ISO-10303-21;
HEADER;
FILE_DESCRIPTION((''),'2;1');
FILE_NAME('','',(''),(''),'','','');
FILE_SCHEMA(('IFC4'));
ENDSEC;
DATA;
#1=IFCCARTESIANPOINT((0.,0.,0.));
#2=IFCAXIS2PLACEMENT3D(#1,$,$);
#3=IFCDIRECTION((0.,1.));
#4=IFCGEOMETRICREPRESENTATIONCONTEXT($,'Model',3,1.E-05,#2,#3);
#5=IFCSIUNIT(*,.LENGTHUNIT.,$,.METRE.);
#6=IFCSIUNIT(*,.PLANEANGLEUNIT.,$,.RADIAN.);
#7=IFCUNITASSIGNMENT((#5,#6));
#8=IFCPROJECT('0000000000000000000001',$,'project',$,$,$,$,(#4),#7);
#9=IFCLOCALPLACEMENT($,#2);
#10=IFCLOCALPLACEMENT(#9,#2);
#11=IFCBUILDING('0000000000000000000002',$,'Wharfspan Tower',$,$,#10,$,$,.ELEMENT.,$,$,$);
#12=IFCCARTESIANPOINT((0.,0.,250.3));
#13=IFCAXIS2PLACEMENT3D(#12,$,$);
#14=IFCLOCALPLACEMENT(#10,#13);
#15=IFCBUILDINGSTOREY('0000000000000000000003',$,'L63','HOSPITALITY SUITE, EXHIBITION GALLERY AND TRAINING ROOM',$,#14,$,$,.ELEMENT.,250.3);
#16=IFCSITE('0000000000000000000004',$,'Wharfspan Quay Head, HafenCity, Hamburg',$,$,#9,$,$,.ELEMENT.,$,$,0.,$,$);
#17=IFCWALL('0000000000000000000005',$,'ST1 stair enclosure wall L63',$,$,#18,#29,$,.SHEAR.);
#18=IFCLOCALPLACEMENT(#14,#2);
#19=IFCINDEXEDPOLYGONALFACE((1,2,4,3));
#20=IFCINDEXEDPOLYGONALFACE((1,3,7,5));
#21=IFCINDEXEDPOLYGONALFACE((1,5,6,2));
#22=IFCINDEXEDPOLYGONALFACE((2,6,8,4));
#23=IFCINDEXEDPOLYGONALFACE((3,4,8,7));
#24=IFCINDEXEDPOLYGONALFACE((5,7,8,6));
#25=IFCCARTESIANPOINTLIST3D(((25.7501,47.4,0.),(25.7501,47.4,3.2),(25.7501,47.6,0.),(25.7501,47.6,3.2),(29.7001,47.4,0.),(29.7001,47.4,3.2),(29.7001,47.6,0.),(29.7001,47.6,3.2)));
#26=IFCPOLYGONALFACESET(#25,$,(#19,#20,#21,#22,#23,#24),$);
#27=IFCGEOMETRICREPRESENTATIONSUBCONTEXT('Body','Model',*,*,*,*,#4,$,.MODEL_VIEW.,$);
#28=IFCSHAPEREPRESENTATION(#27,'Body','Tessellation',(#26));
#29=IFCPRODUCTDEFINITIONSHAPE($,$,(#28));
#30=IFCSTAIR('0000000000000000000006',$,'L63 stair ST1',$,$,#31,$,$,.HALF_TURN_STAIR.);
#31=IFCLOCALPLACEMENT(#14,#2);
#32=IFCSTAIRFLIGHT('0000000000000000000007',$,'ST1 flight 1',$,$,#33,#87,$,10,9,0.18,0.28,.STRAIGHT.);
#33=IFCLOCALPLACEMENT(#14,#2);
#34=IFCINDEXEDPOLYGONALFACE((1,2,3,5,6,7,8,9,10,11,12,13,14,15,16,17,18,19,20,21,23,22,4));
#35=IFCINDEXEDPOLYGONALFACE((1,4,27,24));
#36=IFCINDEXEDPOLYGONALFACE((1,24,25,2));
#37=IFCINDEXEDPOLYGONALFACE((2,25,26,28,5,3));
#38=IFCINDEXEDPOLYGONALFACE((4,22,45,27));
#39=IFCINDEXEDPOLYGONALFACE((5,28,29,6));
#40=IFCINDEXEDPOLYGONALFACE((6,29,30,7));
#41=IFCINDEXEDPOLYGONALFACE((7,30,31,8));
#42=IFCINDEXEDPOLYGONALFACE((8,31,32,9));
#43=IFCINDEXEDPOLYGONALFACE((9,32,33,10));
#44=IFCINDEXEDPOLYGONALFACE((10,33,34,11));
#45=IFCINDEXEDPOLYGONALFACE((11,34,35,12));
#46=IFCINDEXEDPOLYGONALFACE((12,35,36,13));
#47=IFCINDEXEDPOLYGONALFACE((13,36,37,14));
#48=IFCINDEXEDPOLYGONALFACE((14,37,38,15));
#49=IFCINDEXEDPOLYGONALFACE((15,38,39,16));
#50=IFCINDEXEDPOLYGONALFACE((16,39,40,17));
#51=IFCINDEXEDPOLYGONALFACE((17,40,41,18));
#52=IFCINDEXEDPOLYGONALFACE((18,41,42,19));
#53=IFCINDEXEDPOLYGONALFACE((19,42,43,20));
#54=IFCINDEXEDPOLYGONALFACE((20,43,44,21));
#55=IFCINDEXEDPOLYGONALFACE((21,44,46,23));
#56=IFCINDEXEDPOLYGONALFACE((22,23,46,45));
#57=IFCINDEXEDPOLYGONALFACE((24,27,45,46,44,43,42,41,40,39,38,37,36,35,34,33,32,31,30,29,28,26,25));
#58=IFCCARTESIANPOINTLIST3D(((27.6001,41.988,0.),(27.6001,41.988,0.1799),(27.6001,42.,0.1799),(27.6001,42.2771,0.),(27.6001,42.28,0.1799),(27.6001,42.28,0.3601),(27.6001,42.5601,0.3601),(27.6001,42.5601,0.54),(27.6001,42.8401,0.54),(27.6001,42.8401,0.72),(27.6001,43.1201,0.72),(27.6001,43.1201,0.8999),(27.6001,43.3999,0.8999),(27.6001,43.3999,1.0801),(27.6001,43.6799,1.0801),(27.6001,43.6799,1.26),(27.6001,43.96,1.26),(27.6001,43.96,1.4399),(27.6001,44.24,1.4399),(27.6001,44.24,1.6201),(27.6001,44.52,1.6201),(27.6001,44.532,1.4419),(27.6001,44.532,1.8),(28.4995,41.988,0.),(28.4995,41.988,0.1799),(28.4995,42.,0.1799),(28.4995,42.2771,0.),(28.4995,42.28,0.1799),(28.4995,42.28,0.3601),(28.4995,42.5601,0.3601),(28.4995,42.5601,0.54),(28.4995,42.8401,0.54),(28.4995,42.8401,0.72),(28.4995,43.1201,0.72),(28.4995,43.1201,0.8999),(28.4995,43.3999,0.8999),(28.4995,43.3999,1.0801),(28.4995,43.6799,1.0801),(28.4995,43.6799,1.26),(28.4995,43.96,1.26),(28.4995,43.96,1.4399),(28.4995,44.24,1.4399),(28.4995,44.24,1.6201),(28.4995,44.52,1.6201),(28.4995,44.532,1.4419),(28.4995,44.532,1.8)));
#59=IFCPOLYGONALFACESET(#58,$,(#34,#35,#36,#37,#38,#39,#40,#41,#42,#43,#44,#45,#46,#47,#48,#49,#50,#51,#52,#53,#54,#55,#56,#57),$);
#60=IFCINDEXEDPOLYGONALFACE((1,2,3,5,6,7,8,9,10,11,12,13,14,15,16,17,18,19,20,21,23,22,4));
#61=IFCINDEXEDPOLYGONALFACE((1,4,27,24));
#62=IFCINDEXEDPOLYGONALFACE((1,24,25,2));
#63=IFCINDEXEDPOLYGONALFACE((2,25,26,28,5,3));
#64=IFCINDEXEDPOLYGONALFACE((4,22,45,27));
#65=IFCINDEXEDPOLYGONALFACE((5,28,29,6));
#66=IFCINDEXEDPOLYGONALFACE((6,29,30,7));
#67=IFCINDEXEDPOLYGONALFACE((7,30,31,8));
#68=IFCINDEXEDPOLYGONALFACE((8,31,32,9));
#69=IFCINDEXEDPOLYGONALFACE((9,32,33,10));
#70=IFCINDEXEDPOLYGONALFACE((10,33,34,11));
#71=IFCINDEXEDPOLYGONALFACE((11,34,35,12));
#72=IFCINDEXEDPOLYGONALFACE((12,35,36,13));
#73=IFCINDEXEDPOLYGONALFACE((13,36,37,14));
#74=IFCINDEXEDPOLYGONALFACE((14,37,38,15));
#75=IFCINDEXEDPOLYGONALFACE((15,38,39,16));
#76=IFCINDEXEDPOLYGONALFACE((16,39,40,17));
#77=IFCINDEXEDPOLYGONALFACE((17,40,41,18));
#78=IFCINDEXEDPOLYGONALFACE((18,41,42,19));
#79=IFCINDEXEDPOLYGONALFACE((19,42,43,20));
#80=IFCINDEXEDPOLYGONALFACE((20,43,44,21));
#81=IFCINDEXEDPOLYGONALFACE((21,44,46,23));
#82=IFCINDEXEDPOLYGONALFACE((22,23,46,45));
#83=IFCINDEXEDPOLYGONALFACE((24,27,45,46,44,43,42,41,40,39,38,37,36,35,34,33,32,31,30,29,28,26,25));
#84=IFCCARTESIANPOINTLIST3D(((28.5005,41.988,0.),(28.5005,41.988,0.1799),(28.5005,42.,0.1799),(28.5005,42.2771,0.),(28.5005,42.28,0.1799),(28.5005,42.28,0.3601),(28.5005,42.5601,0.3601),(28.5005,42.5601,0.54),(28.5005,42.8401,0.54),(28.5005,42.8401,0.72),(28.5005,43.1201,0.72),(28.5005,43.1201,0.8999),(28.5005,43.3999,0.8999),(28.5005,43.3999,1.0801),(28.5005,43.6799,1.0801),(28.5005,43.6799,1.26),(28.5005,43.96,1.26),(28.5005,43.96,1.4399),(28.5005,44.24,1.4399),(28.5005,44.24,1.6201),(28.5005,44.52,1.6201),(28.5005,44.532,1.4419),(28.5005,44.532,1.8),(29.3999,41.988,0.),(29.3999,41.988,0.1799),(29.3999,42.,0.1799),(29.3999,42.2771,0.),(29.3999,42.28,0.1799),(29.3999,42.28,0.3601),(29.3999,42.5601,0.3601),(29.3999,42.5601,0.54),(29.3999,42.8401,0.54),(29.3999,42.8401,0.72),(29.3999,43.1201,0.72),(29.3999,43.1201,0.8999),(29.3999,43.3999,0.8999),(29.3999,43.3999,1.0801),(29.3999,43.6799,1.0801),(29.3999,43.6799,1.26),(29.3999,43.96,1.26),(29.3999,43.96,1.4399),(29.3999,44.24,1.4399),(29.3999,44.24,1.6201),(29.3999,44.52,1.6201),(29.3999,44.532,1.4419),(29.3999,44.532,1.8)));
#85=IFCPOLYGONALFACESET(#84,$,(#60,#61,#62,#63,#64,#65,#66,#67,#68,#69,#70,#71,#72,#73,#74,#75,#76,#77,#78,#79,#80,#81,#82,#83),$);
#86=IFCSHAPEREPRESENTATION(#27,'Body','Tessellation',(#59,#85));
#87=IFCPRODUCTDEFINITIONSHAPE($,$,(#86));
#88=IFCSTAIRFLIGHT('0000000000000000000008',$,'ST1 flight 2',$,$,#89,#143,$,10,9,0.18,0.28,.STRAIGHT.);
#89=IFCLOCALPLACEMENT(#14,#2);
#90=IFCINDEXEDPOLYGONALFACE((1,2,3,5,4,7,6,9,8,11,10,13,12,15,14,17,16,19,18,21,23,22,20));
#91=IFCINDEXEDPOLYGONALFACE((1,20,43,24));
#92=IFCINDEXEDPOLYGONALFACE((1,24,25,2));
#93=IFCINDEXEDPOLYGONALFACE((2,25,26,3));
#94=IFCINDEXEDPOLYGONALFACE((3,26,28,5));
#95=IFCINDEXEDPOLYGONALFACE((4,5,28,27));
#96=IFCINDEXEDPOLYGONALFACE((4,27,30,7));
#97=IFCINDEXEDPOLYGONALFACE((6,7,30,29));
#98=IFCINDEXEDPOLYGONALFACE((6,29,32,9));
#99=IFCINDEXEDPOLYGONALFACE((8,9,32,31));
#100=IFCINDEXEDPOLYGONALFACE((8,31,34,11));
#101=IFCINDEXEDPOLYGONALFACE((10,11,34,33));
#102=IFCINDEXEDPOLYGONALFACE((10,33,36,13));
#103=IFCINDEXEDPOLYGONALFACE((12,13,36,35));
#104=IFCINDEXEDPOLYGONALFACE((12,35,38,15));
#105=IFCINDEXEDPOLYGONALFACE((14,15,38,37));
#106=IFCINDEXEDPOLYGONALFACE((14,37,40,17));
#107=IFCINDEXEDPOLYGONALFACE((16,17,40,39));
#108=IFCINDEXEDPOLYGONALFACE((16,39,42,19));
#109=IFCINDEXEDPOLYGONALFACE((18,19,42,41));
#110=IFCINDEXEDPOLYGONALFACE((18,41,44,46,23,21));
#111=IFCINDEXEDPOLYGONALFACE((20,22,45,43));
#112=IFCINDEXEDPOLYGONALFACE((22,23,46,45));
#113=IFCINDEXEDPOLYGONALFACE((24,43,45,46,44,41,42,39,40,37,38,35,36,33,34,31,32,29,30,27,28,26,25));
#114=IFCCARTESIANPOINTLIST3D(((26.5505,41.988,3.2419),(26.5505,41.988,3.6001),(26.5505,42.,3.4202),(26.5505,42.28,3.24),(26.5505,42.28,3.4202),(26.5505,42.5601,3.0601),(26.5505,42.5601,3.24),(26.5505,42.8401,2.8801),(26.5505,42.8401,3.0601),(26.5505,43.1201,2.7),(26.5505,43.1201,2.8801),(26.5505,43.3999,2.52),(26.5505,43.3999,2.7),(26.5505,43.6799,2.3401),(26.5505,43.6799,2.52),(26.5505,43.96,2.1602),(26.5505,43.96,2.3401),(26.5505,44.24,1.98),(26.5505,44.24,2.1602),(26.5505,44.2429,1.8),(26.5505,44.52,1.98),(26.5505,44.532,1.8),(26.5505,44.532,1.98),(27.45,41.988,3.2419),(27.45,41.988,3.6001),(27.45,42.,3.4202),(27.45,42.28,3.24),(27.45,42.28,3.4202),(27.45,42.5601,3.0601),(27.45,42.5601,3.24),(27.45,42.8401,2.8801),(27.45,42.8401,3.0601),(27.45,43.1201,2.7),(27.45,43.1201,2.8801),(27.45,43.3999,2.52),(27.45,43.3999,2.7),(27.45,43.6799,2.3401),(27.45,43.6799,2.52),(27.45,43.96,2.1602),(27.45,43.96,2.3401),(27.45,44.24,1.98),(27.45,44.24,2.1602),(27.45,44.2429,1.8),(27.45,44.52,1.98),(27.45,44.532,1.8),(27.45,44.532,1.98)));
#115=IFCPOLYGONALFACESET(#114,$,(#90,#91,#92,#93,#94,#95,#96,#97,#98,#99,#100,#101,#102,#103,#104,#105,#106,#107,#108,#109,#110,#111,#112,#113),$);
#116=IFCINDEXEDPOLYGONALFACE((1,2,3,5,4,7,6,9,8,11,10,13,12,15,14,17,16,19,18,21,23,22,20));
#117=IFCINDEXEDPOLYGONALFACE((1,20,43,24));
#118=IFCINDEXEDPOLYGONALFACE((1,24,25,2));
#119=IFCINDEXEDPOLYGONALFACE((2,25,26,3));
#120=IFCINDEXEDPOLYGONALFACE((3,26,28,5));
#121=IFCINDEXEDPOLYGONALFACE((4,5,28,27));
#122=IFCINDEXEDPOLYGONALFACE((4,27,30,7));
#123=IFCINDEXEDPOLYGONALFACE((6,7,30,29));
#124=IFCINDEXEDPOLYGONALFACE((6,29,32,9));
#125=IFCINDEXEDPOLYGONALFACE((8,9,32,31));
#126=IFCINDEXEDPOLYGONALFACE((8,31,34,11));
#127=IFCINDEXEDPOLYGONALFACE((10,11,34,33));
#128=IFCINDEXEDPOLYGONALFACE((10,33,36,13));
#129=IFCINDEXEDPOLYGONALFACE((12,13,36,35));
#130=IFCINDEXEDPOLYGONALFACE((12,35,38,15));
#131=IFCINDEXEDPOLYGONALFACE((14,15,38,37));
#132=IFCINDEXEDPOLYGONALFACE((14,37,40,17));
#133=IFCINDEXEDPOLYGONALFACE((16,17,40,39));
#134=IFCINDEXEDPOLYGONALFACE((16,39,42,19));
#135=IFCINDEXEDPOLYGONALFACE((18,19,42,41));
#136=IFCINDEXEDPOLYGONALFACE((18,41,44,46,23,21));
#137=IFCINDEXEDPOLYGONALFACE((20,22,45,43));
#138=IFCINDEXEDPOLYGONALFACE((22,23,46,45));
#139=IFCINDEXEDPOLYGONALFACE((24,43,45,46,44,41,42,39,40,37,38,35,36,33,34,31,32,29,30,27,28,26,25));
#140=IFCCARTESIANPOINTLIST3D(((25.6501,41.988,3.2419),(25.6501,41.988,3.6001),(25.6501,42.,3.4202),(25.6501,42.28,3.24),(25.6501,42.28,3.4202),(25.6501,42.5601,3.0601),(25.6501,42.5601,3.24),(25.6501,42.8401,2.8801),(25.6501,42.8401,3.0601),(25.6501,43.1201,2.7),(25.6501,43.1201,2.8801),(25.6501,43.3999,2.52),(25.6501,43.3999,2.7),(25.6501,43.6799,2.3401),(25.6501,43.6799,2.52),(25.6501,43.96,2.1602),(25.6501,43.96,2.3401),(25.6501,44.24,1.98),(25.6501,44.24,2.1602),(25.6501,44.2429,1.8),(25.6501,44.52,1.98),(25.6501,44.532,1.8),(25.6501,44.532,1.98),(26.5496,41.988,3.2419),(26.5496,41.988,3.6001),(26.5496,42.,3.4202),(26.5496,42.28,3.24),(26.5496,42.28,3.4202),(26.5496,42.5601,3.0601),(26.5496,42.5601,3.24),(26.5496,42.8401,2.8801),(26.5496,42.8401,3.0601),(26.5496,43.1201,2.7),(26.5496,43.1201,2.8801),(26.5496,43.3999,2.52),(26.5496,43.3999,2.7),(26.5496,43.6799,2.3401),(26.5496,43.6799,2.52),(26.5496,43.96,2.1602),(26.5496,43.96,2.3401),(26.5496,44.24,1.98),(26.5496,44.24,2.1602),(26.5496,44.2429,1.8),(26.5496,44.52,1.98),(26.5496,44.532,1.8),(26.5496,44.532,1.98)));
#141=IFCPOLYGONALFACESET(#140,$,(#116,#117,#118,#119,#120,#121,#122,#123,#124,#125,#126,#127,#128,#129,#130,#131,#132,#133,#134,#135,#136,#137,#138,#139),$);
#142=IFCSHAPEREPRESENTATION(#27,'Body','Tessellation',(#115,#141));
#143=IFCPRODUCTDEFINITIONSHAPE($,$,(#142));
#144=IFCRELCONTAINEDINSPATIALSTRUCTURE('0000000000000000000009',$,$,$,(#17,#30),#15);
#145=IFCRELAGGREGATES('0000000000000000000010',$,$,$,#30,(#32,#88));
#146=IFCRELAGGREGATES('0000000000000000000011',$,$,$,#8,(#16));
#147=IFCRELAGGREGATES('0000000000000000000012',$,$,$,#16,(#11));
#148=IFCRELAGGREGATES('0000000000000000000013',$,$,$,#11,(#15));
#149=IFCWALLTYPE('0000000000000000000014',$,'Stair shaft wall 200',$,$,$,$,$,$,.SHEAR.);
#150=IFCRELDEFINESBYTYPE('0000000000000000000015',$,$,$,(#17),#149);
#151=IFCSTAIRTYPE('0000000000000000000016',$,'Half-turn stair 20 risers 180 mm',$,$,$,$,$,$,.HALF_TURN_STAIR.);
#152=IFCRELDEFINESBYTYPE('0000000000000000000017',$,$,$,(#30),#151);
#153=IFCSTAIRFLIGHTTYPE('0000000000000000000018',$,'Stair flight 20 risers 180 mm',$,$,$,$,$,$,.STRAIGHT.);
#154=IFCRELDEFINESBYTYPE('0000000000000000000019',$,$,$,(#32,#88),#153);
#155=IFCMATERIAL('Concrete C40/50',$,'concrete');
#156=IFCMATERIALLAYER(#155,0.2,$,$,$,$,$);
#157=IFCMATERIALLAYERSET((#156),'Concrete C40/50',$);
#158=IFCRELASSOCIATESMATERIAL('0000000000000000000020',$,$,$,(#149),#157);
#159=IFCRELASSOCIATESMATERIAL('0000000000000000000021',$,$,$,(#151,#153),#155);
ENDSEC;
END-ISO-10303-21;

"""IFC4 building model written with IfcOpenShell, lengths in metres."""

from ifc_helpers import new_model, si_unit, direction, frame, frame_2d, origin, place, context, subcontext, project, spatial, polyline, rectangle, outline, extrude, material, layer, layer_set, type_object, element, aggregate, save


model = new_model("IFC4")

# Units and contexts
model_context = context("Model", 3, precision=1e-05, world=origin(), true_north=direction((0.0, 1.0)))
body_context = subcontext(model_context, "Body", "Model", "MODEL_VIEW")
ifc_project = project(units=[si_unit("LENGTHUNIT", "METRE"), si_unit("PLANEANGLEUNIT", "RADIAN")], contexts=[model_context])

# Site, building, storey
site_placement = place(None, origin())
site = spatial("IfcSite", under=ifc_project, at=site_placement, Name="Wharfspan Quay Head, HafenCity, Hamburg", CompositionType="ELEMENT", RefElevation=0.0)
building_placement = place(site_placement, origin())
building = spatial("IfcBuilding", under=site, at=building_placement, Name="Wharfspan Tower", CompositionType="ELEMENT")
storey_placement = place(building_placement, frame((0.0, 0.0, 250.3)))
storey = spatial("IfcBuildingStorey", under=building, at=storey_placement, Name="L63", Description="HOSPITALITY SUITE, EXHIBITION GALLERY AND TRAINING ROOM", CompositionType="ELEMENT", Elevation=250.3)

# Wall
ifc_material_1 = material(Name="Concrete C40/50", Category="concrete")
ifc_layer_1 = layer(ifc_material_1, 0.2)
ifc_layer_set_1 = layer_set([ifc_layer_1], Name="Concrete C40/50")
wall_type_1 = type_object("IfcWallType", Name="Stair shaft wall 200", PredefinedType="SHEAR", material=ifc_layer_set_1)
wall_1_placement = place(storey_placement, frame((25.75, 47.5, 0.0), z_axis=(0.0, 0.0, 1.0), x_axis=(1.0, 0.0, 0.0)))
element("IfcWall", 1, at=wall_1_placement, inside=storey, type_object=wall_type_1, Name="ST1 stair enclosure wall L63", PredefinedType="SHEAR", context=body_context, shape_type="SweptSolid", body=[
    extrude(rectangle(XDim=3.95, YDim=0.2, at=frame_2d((1.9751, 0.0))), origin(), (0.0, 0.0, 1.0), 3.2),
])

# Stair, stair flights
stair_type = type_object("IfcStairType", Name="Half-turn stair 20 risers 180 mm", PredefinedType="HALF_TURN_STAIR", material=ifc_material_1)
stair_placement = place(storey_placement, origin())
stair = element("IfcStair", 2, at=stair_placement, inside=storey, type_object=stair_type, Name="L63 stair ST1", PredefinedType="HALF_TURN_STAIR")
stair_flight_type = type_object("IfcStairFlightType", Name="Stair flight 20 risers 180 mm", PredefinedType="STRAIGHT", material=ifc_material_1)
stair_flight_1_placement = place(storey_placement, frame((28.5, 42.0, 0.0), z_axis=(0.0, 0.0, 1.0), x_axis=(0.0, 1.0, 0.0)))
stair_flight_1 = element("IfcStairFlight", 3, at=stair_flight_1_placement, type_object=stair_flight_type, Name="ST1 flight 1", NumberOfRisers=10, NumberOfTreads=9, PredefinedType="STRAIGHT", RiserHeight=0.18, TreadLength=0.28, context=body_context, shape_type="SweptSolid", body=[
    extrude(outline(polyline([(-0.012, 0.0), (-0.012, 0.1799), (0.0, 0.1799), (0.28, 0.1799), (0.28, 0.3601), (0.5601, 0.3601), (0.5601, 0.54), (0.8401, 0.54), (0.8401, 0.72), (1.1201, 0.72), (1.1201, 0.8999), (1.3999, 0.8999), (1.3999, 1.0801), (1.6799, 1.0801), (1.6799, 1.26), (1.96, 1.26), (1.96, 1.4399), (2.24, 1.4399), (2.24, 1.6201), (2.52, 1.6201), (2.532, 1.8), (2.532, 1.4419), (0.2771, 0.0), (-0.012, 0.0)])), frame((0.0, 0.8999, 0.0), z_axis=(0.0, -1.0, 0.0), x_axis=(1.0, 0.0, 0.0)), (0.0, 0.0, 1.0), 0.8994),
    extrude(outline(polyline([(-0.012, 0.0), (-0.012, 0.1799), (0.0, 0.1799), (0.28, 0.1799), (0.28, 0.3601), (0.5601, 0.3601), (0.5601, 0.54), (0.8401, 0.54), (0.8401, 0.72), (1.1201, 0.72), (1.1201, 0.8999), (1.3999, 0.8999), (1.3999, 1.0801), (1.6799, 1.0801), (1.6799, 1.26), (1.96, 1.26), (1.96, 1.4399), (2.24, 1.4399), (2.24, 1.6201), (2.52, 1.6201), (2.532, 1.8), (2.532, 1.4419), (0.2771, 0.0), (-0.012, 0.0)])), frame((0.0, -0.0005, 0.0), z_axis=(0.0, -1.0, 0.0), x_axis=(1.0, 0.0, 0.0)), (0.0, 0.0, 1.0), 0.8994),
])
stair_flight_2_placement = place(storey_placement, frame((26.55, 44.52, 1.8), z_axis=(0.0, 0.0, 1.0), x_axis=(0.0, -1.0, 0.0)))
stair_flight_2 = element("IfcStairFlight", 4, at=stair_flight_2_placement, type_object=stair_flight_type, Name="ST1 flight 2", NumberOfRisers=10, NumberOfTreads=9, PredefinedType="STRAIGHT", RiserHeight=0.18, TreadLength=0.28, context=body_context, shape_type="SweptSolid", body=[
    extrude(outline(polyline([(-0.012, 0.0), (-0.012, 0.1799), (0.0, 0.1799), (0.28, 0.1799), (0.28, 0.3601), (0.5601, 0.3601), (0.5601, 0.54), (0.8401, 0.54), (0.8401, 0.72), (1.1201, 0.72), (1.1201, 0.8999), (1.3999, 0.8999), (1.3999, 1.0801), (1.6799, 1.0801), (1.6799, 1.26), (1.96, 1.26), (1.96, 1.4399), (2.24, 1.4399), (2.24, 1.6201), (2.52, 1.6201), (2.532, 1.8), (2.532, 1.4419), (0.2771, 0.0), (-0.012, 0.0)])), frame((0.0, 0.8999, 0.0), z_axis=(0.0, -1.0, 0.0), x_axis=(1.0, 0.0, 0.0)), (0.0, 0.0, 1.0), 0.8994),
    extrude(outline(polyline([(-0.012, 0.0), (-0.012, 0.1799), (0.0, 0.1799), (0.28, 0.1799), (0.28, 0.3601), (0.5601, 0.3601), (0.5601, 0.54), (0.8401, 0.54), (0.8401, 0.72), (1.1201, 0.72), (1.1201, 0.8999), (1.3999, 0.8999), (1.3999, 1.0801), (1.6799, 1.0801), (1.6799, 1.26), (1.96, 1.26), (1.96, 1.4399), (2.24, 1.4399), (2.24, 1.6201), (2.52, 1.6201), (2.532, 1.8), (2.532, 1.4419), (0.2771, 0.0), (-0.012, 0.0)])), frame((0.0, -0.0005, 0.0), z_axis=(0.0, -1.0, 0.0), x_axis=(1.0, 0.0, 0.0)), (0.0, 0.0, 1.0), 0.8994),
])
aggregate(stair, [stair_flight_1, stair_flight_2])

save(model, "model.ifc")
